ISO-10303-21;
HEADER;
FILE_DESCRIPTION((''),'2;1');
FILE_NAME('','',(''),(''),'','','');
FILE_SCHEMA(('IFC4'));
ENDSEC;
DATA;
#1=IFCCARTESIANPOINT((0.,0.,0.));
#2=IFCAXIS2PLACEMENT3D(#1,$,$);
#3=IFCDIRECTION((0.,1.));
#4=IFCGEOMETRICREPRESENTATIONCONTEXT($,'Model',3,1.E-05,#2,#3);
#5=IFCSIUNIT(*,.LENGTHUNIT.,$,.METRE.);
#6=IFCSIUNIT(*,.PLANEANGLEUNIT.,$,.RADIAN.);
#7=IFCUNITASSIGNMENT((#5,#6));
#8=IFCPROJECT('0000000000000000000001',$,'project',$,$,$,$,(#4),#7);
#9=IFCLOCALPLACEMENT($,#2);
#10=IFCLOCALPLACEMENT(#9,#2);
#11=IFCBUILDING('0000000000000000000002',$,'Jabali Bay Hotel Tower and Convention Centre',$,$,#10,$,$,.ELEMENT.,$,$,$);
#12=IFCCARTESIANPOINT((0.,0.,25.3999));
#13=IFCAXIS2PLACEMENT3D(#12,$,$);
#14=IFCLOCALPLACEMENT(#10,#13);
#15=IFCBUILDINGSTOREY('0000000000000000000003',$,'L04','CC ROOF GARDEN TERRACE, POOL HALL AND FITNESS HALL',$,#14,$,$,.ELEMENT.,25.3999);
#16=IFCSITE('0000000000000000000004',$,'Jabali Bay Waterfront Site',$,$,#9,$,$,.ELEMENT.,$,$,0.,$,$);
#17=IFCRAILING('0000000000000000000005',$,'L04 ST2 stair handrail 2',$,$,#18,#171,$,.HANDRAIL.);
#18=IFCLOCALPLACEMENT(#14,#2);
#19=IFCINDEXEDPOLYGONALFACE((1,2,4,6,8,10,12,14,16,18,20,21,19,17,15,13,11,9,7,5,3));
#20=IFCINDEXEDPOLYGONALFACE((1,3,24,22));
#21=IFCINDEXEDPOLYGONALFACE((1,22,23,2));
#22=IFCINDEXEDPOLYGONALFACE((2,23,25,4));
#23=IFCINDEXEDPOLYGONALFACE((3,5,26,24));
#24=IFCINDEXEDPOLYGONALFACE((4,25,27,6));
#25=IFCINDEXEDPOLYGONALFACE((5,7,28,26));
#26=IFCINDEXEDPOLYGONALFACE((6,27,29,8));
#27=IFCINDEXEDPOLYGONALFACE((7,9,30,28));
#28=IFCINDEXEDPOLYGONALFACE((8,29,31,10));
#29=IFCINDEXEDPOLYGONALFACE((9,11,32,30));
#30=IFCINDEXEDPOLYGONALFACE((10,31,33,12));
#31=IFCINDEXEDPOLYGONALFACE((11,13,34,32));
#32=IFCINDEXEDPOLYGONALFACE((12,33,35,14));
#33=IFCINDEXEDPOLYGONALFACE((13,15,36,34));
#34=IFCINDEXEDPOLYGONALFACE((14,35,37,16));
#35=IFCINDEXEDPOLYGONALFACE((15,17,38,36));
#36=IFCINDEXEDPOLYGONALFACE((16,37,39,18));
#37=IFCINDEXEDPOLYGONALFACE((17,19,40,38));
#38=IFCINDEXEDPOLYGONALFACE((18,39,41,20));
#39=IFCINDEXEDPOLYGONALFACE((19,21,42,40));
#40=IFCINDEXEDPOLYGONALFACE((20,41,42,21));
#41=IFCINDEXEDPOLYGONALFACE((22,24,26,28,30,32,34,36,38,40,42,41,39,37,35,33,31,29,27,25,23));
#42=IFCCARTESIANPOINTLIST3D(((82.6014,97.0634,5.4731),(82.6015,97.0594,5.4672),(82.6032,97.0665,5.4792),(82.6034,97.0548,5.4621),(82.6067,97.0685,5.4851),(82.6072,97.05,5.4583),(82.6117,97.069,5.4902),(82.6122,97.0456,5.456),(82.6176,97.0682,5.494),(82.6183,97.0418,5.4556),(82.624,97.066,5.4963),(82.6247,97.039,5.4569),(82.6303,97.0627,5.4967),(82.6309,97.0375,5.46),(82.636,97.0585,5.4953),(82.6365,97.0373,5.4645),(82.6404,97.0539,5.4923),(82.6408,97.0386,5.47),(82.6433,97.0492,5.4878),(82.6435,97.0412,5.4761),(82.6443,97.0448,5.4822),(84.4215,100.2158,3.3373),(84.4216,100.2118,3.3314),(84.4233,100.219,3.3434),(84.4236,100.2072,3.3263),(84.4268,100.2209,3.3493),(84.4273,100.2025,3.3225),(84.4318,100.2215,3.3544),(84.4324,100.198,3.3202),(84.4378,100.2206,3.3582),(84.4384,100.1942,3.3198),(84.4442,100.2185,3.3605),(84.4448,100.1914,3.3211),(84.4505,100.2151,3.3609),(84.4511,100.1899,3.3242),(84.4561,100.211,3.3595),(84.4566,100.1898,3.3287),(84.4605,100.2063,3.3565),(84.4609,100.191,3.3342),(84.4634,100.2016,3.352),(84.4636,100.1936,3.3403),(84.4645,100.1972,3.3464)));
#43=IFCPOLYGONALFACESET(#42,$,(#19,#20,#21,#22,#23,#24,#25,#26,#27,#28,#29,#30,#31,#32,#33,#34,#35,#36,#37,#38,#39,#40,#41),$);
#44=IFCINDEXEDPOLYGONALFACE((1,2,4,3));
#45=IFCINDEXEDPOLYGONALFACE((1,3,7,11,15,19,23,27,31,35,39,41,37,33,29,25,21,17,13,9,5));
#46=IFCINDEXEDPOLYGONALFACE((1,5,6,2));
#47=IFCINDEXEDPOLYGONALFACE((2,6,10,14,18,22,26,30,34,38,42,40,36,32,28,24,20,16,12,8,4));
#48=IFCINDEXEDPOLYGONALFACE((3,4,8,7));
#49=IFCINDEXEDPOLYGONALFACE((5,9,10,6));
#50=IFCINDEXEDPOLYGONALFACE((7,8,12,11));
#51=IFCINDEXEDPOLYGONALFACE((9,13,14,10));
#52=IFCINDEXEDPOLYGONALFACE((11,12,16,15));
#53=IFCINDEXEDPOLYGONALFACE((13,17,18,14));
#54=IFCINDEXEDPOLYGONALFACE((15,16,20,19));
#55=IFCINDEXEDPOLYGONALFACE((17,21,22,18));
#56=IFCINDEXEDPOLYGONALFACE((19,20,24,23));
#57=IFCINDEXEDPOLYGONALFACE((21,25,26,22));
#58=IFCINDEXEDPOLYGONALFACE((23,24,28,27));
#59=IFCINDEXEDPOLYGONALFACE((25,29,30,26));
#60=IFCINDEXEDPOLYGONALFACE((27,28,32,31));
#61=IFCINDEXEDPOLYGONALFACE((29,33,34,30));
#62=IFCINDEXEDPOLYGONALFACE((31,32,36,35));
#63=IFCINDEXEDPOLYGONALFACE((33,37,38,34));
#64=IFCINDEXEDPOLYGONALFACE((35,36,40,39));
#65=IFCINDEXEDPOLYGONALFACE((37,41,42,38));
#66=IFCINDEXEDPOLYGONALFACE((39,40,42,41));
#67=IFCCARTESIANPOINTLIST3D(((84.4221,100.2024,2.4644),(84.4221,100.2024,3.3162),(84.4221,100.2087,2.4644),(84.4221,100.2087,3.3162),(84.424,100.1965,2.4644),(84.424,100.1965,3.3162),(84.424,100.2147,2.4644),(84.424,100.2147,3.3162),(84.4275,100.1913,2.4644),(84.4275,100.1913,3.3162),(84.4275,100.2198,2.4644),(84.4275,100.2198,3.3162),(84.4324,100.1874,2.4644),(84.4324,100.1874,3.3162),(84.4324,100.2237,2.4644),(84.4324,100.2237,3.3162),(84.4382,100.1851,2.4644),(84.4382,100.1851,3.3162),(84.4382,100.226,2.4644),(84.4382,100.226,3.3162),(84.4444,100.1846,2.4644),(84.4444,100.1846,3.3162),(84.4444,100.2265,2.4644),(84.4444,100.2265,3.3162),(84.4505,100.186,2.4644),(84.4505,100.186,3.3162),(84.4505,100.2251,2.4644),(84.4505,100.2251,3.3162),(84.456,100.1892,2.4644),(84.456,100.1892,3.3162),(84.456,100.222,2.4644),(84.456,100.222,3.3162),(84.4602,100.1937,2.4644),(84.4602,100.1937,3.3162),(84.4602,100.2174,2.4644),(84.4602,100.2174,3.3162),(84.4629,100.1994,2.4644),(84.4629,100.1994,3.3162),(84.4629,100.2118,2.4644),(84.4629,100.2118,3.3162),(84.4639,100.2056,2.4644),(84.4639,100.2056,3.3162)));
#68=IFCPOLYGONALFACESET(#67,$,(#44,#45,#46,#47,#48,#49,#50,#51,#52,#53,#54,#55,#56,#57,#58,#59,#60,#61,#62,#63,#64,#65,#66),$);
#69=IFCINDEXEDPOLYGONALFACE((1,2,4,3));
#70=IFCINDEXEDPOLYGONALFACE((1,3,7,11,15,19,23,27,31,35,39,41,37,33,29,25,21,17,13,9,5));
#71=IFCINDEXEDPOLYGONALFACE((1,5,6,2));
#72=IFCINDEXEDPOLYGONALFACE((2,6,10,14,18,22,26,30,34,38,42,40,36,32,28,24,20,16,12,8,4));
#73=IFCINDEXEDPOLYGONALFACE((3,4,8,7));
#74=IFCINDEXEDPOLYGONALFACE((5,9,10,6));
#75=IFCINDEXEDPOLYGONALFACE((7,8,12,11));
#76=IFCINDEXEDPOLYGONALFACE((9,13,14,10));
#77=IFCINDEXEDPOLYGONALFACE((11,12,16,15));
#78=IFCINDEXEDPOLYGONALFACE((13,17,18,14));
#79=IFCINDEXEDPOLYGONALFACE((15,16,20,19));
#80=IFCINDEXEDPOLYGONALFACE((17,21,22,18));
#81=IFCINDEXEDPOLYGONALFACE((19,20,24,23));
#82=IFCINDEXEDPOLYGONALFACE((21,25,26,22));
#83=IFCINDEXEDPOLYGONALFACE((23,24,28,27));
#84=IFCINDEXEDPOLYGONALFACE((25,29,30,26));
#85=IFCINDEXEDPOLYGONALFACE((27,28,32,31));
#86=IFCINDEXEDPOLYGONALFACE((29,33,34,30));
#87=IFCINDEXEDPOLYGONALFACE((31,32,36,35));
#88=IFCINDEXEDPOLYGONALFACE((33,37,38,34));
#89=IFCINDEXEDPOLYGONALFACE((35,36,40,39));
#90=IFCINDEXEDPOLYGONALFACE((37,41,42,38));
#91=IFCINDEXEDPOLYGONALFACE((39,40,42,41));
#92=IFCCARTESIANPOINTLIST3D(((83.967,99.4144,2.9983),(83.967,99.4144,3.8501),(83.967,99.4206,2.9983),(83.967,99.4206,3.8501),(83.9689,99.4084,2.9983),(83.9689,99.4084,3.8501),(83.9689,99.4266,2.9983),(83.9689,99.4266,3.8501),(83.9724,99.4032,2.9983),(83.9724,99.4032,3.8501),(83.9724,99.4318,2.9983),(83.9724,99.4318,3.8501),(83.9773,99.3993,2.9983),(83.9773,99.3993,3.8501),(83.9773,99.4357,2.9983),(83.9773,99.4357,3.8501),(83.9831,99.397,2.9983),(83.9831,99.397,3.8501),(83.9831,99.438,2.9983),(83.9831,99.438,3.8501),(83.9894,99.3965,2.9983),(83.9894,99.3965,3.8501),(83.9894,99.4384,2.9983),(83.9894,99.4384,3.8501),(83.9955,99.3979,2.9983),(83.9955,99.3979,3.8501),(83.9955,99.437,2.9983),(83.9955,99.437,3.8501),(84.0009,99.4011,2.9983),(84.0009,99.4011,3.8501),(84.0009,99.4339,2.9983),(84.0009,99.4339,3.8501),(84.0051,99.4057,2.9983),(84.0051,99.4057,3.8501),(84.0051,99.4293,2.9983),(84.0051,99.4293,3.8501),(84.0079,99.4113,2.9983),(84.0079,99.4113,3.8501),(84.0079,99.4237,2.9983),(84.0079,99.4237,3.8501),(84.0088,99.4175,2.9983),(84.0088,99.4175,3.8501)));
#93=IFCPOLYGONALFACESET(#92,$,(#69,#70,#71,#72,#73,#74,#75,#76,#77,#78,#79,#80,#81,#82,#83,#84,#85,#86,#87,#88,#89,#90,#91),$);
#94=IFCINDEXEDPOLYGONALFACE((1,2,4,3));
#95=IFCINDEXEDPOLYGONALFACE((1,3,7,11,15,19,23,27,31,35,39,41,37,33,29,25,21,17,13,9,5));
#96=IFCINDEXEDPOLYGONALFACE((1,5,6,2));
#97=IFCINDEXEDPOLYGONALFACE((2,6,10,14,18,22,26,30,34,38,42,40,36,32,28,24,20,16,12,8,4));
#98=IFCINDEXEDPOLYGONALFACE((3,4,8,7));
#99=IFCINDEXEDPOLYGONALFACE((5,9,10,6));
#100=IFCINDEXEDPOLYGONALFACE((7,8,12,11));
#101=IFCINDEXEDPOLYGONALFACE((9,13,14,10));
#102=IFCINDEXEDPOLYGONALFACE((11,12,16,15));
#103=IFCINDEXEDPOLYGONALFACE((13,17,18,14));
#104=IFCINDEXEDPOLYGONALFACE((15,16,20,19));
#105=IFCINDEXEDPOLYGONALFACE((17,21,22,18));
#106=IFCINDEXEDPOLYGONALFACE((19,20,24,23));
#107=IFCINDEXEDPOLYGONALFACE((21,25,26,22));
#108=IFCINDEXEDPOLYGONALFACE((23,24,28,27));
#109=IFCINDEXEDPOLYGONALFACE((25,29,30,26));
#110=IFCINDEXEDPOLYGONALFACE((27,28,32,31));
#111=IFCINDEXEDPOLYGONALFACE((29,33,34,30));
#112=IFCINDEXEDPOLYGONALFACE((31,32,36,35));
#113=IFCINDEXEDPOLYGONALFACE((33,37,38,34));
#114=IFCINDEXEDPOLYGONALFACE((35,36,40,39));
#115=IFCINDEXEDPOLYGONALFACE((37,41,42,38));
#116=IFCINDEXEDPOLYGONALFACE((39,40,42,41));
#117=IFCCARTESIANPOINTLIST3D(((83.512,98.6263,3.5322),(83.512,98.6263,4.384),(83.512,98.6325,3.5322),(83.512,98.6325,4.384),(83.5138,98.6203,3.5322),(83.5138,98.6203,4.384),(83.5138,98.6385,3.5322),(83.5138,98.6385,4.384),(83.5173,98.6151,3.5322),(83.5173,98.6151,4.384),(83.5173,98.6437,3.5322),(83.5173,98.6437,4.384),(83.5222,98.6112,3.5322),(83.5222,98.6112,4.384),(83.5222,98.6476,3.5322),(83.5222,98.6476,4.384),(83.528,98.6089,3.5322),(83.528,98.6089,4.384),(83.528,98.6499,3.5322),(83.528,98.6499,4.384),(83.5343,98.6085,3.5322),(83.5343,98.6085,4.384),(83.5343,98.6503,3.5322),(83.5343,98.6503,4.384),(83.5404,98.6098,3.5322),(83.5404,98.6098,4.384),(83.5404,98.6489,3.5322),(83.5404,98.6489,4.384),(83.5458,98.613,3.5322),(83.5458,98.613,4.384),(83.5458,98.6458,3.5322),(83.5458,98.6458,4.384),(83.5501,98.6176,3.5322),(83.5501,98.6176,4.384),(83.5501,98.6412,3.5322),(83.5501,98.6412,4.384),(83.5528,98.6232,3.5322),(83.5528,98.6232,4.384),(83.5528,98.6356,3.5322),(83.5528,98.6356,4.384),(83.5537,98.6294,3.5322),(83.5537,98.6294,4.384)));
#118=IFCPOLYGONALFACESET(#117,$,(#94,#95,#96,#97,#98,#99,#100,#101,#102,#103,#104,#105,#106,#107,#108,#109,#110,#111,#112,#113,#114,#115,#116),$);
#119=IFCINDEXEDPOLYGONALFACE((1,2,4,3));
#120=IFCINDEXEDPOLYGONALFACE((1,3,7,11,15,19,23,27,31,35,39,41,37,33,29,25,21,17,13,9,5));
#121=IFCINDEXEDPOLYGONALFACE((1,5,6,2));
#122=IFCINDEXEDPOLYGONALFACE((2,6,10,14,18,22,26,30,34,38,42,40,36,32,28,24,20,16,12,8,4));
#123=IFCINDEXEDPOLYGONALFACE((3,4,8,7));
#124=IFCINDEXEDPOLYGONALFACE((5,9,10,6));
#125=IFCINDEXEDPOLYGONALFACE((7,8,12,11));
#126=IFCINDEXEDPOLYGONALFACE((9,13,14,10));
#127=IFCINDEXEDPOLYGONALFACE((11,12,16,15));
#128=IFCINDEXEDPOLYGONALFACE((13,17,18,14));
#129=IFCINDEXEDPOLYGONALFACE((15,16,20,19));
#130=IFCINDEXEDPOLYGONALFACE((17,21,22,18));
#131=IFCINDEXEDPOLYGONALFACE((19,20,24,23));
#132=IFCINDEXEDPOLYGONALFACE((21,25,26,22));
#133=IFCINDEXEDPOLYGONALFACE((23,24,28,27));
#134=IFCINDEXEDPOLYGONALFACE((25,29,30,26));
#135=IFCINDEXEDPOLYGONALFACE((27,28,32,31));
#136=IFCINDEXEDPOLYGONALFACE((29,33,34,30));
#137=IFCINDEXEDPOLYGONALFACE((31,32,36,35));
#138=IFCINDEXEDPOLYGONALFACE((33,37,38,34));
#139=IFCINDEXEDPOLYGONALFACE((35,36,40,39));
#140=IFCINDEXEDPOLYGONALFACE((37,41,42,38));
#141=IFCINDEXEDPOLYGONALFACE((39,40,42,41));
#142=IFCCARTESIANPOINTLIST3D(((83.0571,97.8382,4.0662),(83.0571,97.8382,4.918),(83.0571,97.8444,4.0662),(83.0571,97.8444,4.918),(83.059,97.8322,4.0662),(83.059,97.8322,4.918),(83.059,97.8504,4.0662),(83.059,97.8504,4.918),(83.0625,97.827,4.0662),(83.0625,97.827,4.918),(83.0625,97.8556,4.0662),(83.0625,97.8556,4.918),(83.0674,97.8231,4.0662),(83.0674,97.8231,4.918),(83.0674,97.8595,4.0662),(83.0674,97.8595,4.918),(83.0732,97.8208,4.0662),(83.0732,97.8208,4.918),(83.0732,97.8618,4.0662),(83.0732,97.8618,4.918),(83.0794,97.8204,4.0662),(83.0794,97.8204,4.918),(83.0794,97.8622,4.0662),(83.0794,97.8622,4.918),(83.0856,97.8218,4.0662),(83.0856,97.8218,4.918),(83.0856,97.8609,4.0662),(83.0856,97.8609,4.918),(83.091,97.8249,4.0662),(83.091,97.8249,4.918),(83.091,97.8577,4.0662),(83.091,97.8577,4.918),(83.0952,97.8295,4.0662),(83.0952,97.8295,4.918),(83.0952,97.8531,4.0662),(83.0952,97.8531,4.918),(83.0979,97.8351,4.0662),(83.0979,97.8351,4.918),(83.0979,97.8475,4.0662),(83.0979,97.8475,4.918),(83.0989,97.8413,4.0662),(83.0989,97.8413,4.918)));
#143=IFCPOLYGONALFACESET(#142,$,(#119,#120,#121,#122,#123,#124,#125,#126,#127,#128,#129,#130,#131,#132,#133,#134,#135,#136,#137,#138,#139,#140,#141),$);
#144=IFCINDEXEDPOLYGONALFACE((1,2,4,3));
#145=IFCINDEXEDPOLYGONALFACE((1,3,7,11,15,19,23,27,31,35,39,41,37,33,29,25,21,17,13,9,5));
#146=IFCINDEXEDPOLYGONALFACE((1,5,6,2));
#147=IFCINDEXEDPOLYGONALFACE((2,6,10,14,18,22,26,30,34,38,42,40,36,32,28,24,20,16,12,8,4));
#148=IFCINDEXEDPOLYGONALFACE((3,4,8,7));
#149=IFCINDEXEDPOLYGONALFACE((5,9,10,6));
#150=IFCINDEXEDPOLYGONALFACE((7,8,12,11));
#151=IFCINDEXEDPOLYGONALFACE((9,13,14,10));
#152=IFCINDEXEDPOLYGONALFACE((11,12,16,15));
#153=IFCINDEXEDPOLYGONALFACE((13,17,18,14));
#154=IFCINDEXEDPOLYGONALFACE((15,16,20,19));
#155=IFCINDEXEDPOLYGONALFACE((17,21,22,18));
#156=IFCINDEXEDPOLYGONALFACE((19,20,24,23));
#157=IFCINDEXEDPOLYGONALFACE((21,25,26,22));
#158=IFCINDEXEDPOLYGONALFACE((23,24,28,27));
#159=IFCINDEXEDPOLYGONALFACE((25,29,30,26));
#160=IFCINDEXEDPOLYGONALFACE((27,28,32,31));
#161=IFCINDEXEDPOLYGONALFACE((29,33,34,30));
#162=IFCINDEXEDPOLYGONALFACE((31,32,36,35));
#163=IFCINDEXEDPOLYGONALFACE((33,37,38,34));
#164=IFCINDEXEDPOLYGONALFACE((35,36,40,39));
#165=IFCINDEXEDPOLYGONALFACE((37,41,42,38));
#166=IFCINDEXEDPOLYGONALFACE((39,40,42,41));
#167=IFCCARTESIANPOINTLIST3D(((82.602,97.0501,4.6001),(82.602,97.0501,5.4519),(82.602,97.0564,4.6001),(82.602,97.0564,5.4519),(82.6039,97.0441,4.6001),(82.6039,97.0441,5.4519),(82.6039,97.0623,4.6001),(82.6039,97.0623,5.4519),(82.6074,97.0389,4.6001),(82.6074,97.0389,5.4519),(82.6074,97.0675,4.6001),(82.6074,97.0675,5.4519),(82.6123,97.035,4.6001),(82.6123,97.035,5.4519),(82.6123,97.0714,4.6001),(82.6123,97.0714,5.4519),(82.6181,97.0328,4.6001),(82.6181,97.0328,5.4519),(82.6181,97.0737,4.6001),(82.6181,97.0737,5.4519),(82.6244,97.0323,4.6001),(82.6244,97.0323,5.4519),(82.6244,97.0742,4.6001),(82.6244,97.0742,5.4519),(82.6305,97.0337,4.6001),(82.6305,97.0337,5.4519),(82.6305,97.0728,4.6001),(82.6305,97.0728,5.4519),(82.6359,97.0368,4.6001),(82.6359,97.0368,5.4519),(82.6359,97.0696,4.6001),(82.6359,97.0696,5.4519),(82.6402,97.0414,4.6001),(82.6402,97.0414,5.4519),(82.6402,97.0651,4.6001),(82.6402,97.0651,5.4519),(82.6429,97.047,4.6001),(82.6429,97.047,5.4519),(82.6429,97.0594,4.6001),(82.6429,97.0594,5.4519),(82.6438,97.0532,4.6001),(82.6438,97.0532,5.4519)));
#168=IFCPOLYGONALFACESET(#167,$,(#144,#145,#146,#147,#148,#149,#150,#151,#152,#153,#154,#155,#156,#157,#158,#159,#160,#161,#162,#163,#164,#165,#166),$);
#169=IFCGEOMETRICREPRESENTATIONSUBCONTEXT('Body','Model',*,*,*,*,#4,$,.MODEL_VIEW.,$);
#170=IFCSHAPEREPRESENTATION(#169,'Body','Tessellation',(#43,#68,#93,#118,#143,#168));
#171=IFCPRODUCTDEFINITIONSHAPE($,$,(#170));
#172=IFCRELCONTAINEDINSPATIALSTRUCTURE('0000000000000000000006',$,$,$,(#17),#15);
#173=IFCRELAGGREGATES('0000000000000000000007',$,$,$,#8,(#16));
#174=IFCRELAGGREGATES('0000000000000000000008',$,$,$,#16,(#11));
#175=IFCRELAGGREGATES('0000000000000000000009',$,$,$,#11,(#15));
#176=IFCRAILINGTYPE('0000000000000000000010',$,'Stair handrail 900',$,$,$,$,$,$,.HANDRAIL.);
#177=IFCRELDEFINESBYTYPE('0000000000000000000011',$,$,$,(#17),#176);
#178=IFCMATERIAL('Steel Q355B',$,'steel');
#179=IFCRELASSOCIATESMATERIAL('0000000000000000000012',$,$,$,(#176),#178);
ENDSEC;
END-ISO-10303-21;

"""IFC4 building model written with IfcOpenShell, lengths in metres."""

from ifc_helpers import new_model, si_unit, direction, frame, origin, origin_2d, place, context, subcontext, project, spatial, circle, extrude, material, type_object, element, save


model = new_model("IFC4")

# Units and contexts
model_context = context("Model", 3, precision=1e-05, world=origin(), true_north=direction((0.0, 1.0)))
body_context = subcontext(model_context, "Body", "Model", "MODEL_VIEW")
ifc_project = project(units=[si_unit("LENGTHUNIT", "METRE"), si_unit("PLANEANGLEUNIT", "RADIAN")], contexts=[model_context])

# Site, building, storey
site_placement = place(None, origin())
site = spatial("IfcSite", under=ifc_project, at=site_placement, Name="Jabali Bay Waterfront Site", CompositionType="ELEMENT", RefElevation=0.0)
building_placement = place(site_placement, origin())
building = spatial("IfcBuilding", under=site, at=building_placement, Name="Jabali Bay Hotel Tower and Convention Centre", CompositionType="ELEMENT")
storey_placement = place(building_placement, frame((0.0, 0.0, 25.3999)))
storey = spatial("IfcBuildingStorey", under=building, at=storey_placement, Name="L04", Description="CC ROOF GARDEN TERRACE, POOL HALL AND FITNESS HALL", CompositionType="ELEMENT", Elevation=25.3999)

# Railing
ifc_material_1 = material(Name="Steel Q355B", Category="steel")
railing_type_1 = type_object("IfcRailingType", Name="Stair handrail 900", PredefinedType="HANDRAIL", material=ifc_material_1)
railing_1_placement = place(storey_placement, frame((84.4429, 100.2056, 2.4644)))
element("IfcRailing", 1, at=railing_1_placement, inside=storey, type_object=railing_type_1, Name="L04 ST2 stair handrail 2", PredefinedType="HANDRAIL", context=body_context, shape_type="SweptSolid", body=[
    extrude(circle(Radius=0.0239, at=origin_2d()), frame((0.0, 0.0, 0.876), z_axis=(-0.431261, -0.74694, 0.506059), x_axis=(0.866018, -0.500013, 0.0)), (0.0, 0.0, 1.0), 4.2205),
    extrude(circle(Radius=0.021, at=origin_2d()), origin(), (0.0, 0.0, 1.0), 0.8518),
    extrude(circle(Radius=0.021, at=origin_2d()), frame((-0.4551, -0.7881, 0.5339)), (0.0, 0.0, 1.0), 0.8518),
    extrude(circle(Radius=0.021, at=origin_2d()), frame((-0.9102, -1.5762, 1.0679)), (0.0, 0.0, 1.0), 0.8518),
    extrude(circle(Radius=0.021, at=origin_2d()), frame((-1.365, -2.3643, 1.6018)), (0.0, 0.0, 1.0), 0.8518),
    extrude(circle(Radius=0.021, at=origin_2d()), frame((-1.8201, -3.1523, 2.1357)), (0.0, 0.0, 1.0), 0.8518),
])

save(model, "model.ifc")
